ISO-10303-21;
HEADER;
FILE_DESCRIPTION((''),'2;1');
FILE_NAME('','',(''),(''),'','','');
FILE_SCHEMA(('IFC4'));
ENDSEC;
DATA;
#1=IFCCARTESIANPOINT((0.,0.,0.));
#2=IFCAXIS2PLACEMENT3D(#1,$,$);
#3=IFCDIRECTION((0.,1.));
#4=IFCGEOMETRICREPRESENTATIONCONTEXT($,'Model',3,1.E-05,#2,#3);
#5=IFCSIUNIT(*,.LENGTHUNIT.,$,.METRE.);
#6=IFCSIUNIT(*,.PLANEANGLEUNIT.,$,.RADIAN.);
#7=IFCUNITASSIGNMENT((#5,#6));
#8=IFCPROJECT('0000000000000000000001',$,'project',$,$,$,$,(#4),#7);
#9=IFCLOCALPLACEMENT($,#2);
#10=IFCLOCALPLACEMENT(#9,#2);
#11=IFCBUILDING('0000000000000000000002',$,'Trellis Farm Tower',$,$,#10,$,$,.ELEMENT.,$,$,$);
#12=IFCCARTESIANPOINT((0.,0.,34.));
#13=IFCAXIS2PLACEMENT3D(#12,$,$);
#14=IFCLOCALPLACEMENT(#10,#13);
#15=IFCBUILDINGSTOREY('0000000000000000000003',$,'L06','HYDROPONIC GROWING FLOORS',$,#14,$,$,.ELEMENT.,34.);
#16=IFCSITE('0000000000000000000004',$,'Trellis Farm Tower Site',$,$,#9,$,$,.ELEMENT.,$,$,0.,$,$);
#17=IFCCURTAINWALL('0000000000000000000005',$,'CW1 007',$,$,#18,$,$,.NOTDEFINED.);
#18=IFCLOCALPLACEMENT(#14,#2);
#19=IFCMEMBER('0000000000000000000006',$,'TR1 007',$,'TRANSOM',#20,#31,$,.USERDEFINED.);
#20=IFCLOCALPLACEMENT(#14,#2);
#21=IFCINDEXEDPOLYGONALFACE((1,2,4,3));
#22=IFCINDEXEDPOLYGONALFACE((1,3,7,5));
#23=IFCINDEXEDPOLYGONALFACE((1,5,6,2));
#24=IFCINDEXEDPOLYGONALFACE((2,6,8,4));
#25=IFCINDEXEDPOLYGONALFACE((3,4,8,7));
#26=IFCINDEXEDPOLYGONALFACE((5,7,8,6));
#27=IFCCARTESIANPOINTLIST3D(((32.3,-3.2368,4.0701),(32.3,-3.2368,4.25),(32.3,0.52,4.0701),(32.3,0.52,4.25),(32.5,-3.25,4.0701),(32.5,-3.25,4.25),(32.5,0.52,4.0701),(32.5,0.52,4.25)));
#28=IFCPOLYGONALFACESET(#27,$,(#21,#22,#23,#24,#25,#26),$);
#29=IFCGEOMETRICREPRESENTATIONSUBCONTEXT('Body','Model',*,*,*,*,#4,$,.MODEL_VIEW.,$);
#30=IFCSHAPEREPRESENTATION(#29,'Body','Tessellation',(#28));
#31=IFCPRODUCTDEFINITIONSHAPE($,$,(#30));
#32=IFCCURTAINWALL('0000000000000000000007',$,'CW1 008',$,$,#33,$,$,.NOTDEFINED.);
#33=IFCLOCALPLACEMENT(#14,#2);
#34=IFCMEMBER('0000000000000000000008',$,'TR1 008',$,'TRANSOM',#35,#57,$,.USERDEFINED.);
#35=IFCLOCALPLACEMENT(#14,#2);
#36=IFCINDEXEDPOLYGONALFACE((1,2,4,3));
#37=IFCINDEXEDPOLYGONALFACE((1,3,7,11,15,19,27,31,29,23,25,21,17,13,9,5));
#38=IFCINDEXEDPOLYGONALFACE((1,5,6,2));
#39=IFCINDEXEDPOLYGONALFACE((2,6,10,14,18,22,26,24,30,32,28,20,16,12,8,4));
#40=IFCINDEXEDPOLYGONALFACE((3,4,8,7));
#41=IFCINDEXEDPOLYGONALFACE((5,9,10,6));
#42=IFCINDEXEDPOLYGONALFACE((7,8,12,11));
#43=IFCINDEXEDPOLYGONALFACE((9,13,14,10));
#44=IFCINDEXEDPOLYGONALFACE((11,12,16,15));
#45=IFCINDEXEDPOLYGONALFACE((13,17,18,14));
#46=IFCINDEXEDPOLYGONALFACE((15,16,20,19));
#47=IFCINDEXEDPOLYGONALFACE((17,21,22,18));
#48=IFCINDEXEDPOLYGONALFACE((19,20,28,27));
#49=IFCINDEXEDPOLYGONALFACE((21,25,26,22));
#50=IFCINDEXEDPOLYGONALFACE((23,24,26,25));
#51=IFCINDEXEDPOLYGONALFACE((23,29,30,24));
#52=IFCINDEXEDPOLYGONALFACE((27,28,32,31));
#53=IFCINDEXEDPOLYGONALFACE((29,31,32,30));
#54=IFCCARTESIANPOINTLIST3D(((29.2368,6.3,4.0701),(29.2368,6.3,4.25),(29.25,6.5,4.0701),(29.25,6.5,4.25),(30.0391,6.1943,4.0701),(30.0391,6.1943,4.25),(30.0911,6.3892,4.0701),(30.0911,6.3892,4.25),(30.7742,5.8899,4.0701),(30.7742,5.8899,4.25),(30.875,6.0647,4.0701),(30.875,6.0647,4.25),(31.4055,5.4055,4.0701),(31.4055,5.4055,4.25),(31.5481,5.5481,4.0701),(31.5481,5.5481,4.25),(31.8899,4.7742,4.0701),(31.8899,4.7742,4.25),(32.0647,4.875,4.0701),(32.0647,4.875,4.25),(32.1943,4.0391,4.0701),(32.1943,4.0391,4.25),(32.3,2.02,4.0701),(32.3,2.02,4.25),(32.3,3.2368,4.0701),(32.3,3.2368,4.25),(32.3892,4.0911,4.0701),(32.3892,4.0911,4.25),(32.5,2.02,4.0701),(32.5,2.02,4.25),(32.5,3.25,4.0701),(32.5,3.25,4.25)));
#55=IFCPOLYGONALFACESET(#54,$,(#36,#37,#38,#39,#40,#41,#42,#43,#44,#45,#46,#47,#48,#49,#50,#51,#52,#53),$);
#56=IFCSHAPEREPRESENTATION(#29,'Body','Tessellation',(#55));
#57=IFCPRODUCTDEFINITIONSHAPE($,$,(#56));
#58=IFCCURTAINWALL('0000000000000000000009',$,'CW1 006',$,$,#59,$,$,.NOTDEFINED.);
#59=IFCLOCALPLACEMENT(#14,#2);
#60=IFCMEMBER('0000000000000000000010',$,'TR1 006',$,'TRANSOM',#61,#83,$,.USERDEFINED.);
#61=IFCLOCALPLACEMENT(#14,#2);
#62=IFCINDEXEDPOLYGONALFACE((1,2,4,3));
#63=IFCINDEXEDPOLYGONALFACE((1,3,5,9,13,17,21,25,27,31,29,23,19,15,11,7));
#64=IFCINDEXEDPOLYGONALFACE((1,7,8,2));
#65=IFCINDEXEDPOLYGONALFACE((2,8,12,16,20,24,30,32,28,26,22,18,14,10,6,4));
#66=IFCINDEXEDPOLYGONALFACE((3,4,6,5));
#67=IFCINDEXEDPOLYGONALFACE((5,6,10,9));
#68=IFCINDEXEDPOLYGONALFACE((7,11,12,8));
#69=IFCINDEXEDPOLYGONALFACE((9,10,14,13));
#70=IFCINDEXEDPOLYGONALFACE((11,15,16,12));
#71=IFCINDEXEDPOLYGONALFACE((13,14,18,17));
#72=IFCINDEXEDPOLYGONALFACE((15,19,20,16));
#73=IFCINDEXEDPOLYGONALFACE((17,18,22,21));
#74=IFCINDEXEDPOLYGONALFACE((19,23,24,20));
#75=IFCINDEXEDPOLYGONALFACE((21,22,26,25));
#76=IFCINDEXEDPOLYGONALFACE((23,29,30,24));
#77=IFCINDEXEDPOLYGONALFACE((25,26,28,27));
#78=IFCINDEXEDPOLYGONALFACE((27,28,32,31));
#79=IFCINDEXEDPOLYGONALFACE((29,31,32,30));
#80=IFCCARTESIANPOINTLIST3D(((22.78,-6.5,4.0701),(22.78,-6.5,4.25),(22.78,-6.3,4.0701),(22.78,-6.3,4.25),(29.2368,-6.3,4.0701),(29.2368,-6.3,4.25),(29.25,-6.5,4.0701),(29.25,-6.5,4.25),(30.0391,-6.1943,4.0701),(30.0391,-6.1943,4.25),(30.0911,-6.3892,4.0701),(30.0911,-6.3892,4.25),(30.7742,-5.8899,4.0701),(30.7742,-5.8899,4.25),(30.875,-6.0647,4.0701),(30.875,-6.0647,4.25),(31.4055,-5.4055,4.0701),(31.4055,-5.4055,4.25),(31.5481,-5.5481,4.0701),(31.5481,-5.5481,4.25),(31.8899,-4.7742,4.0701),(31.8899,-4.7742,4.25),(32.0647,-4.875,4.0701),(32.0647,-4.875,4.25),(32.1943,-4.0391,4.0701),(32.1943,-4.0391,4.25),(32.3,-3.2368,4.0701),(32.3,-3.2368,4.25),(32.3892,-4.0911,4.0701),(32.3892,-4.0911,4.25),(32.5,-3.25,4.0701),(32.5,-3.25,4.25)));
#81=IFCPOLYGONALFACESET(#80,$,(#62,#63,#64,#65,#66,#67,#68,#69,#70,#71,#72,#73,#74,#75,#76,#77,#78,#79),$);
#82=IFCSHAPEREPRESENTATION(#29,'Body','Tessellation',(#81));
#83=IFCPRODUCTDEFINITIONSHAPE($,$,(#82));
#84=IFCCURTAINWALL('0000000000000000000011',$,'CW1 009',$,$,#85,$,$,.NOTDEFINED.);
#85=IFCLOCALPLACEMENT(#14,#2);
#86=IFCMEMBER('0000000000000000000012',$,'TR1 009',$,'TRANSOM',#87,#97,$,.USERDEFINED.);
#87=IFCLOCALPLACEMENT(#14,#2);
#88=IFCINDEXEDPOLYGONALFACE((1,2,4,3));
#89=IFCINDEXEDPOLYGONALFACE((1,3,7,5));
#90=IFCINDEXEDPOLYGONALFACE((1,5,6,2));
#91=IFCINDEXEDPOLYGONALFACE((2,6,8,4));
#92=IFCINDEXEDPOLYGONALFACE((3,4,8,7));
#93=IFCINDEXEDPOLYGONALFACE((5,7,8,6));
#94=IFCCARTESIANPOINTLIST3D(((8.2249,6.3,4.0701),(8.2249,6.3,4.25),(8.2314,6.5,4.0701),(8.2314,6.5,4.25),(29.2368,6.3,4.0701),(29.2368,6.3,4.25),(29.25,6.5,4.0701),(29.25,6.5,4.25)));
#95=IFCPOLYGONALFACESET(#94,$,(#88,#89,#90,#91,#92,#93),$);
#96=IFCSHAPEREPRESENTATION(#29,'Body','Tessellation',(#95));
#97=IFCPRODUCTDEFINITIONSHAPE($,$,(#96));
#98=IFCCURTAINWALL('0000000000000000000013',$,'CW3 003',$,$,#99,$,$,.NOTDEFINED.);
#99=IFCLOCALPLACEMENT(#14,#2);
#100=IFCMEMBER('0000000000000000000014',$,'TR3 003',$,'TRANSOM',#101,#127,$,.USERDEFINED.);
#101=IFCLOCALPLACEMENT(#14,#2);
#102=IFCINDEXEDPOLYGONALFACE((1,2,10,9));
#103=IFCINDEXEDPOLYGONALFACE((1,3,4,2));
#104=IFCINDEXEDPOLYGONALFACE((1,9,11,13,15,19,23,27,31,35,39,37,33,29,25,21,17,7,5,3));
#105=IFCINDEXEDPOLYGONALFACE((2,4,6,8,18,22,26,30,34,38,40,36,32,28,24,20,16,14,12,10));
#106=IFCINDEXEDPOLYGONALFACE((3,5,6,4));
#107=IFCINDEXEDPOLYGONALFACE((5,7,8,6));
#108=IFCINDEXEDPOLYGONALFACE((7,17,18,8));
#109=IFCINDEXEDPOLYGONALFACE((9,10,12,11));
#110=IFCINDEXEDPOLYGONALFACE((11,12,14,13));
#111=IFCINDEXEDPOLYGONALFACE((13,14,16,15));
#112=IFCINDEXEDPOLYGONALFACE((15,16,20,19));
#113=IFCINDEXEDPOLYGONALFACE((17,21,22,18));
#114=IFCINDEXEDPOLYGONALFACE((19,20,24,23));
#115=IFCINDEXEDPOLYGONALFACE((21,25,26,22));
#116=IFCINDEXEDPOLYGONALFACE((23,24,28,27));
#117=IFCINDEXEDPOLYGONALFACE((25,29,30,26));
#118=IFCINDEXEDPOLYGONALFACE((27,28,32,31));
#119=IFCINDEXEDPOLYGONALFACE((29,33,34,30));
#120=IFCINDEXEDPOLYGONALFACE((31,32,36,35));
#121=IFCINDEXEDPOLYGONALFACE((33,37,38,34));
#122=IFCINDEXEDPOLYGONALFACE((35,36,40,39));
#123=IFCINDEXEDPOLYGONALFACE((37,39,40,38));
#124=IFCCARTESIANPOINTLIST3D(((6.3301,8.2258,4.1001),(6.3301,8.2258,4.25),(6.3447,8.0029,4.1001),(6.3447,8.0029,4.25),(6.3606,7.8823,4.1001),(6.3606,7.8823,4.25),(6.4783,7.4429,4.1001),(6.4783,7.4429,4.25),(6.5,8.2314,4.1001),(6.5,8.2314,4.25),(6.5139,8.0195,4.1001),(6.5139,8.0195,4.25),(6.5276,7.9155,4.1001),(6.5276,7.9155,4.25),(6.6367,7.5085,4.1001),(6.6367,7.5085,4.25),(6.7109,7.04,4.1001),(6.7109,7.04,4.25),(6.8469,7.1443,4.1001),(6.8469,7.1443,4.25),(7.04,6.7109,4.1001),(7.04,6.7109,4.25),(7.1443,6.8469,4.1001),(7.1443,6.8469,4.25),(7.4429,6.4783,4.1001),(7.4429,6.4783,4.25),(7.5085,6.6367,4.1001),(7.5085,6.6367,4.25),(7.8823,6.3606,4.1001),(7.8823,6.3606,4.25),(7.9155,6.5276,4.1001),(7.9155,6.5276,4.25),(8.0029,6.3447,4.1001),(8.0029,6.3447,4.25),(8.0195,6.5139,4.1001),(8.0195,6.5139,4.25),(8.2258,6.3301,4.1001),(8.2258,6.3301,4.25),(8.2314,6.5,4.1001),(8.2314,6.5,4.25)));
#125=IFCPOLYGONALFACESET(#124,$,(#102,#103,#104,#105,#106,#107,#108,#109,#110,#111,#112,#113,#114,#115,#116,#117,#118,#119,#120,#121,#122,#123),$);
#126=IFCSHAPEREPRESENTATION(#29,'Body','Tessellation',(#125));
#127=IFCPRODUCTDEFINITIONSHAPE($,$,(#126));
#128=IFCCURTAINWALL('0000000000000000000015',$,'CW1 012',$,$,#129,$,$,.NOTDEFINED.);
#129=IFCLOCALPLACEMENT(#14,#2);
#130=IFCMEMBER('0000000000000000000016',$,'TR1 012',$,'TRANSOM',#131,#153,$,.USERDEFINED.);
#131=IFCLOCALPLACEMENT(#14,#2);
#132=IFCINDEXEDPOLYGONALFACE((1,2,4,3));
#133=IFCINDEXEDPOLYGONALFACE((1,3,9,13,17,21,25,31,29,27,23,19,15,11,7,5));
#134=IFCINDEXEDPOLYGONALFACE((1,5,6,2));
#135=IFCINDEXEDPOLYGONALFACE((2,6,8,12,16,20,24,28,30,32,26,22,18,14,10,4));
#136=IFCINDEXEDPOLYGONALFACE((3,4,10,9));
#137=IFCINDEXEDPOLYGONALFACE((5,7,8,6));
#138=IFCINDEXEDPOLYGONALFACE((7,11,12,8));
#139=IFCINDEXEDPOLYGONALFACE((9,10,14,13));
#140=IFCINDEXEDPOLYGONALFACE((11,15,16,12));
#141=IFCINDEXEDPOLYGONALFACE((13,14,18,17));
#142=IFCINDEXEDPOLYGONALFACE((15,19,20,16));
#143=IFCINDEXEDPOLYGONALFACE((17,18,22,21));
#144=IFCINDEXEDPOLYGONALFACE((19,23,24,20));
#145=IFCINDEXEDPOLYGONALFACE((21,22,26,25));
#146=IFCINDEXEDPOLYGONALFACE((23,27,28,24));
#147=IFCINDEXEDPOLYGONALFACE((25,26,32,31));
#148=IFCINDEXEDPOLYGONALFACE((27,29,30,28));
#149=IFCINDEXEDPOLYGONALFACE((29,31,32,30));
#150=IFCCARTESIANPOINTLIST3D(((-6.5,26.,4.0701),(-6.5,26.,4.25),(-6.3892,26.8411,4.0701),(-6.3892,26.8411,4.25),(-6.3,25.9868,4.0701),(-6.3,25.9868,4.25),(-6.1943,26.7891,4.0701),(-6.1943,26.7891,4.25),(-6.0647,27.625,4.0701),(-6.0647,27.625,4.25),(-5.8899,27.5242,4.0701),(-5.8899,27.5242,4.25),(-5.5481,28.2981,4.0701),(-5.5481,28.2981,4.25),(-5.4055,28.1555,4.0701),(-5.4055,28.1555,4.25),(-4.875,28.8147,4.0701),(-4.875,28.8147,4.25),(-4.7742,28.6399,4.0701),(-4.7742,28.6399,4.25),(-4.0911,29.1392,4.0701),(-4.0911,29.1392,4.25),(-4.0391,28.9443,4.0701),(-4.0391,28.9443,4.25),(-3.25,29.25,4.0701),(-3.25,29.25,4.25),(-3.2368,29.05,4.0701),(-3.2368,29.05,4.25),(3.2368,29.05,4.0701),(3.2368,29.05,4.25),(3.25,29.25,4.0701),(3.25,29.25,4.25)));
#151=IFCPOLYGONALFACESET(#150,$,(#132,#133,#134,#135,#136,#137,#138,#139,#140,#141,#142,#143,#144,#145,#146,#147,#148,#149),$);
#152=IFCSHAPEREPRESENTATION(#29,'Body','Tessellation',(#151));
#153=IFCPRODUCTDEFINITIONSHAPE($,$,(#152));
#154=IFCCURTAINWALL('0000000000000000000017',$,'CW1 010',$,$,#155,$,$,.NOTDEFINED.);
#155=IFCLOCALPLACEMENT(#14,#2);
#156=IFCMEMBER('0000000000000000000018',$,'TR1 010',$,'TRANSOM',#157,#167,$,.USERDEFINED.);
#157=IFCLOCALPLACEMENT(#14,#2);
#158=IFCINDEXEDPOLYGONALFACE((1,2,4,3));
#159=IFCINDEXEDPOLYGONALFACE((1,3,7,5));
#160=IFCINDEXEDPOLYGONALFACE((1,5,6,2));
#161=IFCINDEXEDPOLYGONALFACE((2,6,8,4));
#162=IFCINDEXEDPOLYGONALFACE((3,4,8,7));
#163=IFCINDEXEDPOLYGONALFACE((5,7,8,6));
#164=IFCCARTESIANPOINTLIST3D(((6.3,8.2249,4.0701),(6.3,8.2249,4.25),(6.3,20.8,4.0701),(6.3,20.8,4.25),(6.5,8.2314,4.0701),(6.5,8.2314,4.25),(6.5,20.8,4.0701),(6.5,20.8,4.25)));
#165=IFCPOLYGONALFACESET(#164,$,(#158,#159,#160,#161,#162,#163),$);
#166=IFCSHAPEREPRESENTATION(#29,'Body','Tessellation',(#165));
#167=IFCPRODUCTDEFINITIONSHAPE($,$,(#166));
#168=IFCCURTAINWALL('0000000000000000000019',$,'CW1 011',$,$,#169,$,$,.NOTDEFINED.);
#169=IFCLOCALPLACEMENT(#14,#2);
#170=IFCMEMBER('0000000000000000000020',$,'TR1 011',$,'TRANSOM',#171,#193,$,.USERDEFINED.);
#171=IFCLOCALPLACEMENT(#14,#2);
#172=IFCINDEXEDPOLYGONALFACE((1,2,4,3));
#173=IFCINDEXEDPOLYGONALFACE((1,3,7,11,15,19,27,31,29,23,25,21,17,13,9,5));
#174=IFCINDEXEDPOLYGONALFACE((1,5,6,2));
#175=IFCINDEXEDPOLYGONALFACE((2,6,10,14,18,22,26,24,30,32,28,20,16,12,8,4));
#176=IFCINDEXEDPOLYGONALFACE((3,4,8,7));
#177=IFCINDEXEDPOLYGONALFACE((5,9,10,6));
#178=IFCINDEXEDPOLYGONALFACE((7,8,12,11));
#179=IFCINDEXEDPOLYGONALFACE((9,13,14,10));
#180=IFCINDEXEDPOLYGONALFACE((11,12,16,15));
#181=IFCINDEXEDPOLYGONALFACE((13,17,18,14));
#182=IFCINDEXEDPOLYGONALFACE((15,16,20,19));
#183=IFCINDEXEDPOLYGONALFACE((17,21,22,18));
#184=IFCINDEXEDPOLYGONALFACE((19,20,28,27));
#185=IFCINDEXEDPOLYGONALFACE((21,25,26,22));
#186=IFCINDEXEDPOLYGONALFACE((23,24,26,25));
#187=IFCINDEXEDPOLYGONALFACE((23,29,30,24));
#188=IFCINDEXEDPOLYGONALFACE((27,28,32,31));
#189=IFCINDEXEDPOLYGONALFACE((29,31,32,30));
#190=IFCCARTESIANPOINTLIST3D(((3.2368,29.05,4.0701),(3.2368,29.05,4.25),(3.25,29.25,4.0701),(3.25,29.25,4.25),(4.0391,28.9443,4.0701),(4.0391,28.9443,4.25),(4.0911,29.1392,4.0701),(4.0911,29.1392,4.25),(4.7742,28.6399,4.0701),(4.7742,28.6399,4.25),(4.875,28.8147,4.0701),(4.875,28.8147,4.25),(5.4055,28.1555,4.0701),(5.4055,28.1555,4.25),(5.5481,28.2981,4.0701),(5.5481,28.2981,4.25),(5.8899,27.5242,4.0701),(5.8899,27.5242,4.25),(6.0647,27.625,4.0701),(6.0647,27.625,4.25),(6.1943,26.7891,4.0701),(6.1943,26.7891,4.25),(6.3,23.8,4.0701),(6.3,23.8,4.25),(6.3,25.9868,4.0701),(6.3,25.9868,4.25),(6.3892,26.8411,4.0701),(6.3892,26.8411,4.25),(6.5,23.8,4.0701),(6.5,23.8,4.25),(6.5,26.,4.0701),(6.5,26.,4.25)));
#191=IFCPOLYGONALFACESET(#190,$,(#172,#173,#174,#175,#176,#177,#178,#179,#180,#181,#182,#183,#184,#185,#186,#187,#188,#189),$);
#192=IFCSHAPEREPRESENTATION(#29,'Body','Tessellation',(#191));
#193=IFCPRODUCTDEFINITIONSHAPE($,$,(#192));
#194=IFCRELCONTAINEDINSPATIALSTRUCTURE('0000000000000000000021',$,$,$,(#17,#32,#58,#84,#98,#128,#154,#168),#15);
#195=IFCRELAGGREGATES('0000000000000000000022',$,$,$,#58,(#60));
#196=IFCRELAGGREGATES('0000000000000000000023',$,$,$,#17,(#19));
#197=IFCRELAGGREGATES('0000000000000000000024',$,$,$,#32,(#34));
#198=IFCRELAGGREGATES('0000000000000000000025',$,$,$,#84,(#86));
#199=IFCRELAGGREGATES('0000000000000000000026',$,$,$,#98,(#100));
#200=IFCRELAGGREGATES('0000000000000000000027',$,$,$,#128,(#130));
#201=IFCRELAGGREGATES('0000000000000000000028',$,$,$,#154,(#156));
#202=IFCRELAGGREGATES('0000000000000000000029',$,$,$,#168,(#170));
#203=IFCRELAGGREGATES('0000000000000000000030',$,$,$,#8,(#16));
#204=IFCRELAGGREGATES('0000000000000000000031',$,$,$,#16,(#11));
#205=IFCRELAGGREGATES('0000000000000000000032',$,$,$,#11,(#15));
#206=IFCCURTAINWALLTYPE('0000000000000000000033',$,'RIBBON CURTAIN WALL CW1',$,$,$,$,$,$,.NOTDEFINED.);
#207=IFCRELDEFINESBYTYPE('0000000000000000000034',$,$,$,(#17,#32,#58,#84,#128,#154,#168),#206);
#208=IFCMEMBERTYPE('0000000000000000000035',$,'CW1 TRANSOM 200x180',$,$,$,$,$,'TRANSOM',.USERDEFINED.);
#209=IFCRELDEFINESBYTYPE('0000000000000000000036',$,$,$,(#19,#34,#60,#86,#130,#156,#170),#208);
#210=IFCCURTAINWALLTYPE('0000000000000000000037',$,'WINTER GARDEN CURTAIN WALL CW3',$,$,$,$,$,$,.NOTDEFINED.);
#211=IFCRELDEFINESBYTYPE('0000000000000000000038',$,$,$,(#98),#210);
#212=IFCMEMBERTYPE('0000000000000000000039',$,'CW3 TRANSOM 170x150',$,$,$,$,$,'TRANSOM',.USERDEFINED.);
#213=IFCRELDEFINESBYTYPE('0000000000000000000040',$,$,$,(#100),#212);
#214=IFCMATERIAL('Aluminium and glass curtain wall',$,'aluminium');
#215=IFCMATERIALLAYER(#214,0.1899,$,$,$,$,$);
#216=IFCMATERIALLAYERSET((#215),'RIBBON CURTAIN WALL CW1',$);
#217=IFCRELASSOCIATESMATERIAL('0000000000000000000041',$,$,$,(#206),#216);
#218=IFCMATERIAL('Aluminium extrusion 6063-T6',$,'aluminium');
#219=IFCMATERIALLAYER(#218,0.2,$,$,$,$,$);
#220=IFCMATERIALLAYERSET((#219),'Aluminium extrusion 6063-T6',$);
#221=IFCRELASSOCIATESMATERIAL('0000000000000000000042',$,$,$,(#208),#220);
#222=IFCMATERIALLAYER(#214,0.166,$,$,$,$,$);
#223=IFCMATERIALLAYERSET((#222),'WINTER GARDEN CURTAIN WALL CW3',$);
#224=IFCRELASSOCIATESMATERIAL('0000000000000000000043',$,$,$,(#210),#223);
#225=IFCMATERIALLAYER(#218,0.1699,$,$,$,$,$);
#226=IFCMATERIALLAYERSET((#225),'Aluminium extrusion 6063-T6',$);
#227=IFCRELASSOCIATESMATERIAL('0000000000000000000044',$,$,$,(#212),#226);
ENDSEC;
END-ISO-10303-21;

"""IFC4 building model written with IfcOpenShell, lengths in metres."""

from ifc_helpers import new_model, si_unit, direction, frame, origin, place, context, subcontext, project, spatial, polyline, outline, extrude, source, transform, mapped, material, layer, layer_set, type_object, element, aggregate, save


model = new_model("IFC4")

# Units and contexts
model_context = context("Model", 3, precision=1e-05, world=origin(), true_north=direction((0.0, 1.0)))
body_context = subcontext(model_context, "Body", "Model", "MODEL_VIEW")
ifc_project = project(units=[si_unit("LENGTHUNIT", "METRE"), si_unit("PLANEANGLEUNIT", "RADIAN")], contexts=[model_context])

# Site, building, storey
site_placement = place(None, origin())
site = spatial("IfcSite", under=ifc_project, at=site_placement, Name="Trellis Farm Tower Site", CompositionType="ELEMENT", RefElevation=0.0)
building_placement = place(site_placement, origin())
building = spatial("IfcBuilding", under=site, at=building_placement, Name="Trellis Farm Tower", CompositionType="ELEMENT")
storey_placement = place(building_placement, frame((0.0, 0.0, 34.0)))
storey = spatial("IfcBuildingStorey", under=building, at=storey_placement, Name="L06", Description="HYDROPONIC GROWING FLOORS", CompositionType="ELEMENT", Elevation=34.0)

# Curtain walls, members
ifc_material_1 = material(Name="Aluminium and glass curtain wall", Category="aluminium")
ifc_layer_1 = layer(ifc_material_1, 0.1899)
ifc_layer_set_1 = layer_set([ifc_layer_1], Name="RIBBON CURTAIN WALL CW1")
curtain_wall_type_1 = type_object("IfcCurtainWallType", Name="RIBBON CURTAIN WALL CW1", PredefinedType="NOTDEFINED", material=ifc_layer_set_1)
placement_1 = place(storey_placement, origin())
curtain_wall_1 = element("IfcCurtainWall", 1, at=placement_1, inside=storey, type_object=curtain_wall_type_1, Name="CW1 007", PredefinedType="NOTDEFINED")
ifc_material_2 = material(Name="Aluminium extrusion 6063-T6", Category="aluminium")
ifc_layer_2 = layer(ifc_material_2, 0.2)
ifc_layer_set_2 = layer_set([ifc_layer_2], Name="Aluminium extrusion 6063-T6")
member_type_1 = type_object("IfcMemberType", Name="CW1 TRANSOM 200x180", ElementType="TRANSOM", PredefinedType="USERDEFINED", material=ifc_layer_set_2)
placement_2 = place(storey_placement, frame((0.0, 0.0, 4.0701)))
member_1 = element("IfcMember", 2, at=placement_2, type_object=member_type_1, Name="TR1 007", ObjectType="TRANSOM", PredefinedType="USERDEFINED", context=body_context, shape_type="SweptSolid", body=[
    extrude(outline(polyline([(32.5, -3.25), (32.5, 0.52), (32.3, 0.52), (32.3, -3.2368), (32.5, -3.25)])), origin(), (0.0, 0.0, 1.0), 0.1799),
])
curtain_wall_2 = element("IfcCurtainWall", 3, at=placement_1, inside=storey, type_object=curtain_wall_type_1, Name="CW1 008", PredefinedType="NOTDEFINED")
member_2 = element("IfcMember", 4, at=placement_2, type_object=member_type_1, Name="TR1 008", ObjectType="TRANSOM", PredefinedType="USERDEFINED", context=body_context, shape_type="SweptSolid", body=[
    extrude(outline(polyline([(32.5, 2.02), (32.5, 3.25), (32.3892, 4.0911), (32.0647, 4.875), (31.5481, 5.5481), (30.875, 6.0647), (30.0911, 6.3892), (29.25, 6.5), (29.2368, 6.3), (30.0391, 6.1943), (30.7742, 5.8899), (31.4055, 5.4055), (31.8899, 4.7742), (32.1943, 4.0391), (32.3, 3.2368), (32.3, 2.02), (32.5, 2.02)])), origin(), (0.0, 0.0, 1.0), 0.1799),
])
curtain_wall_3 = element("IfcCurtainWall", 5, at=placement_1, inside=storey, type_object=curtain_wall_type_1, Name="CW1 006", PredefinedType="NOTDEFINED")
shared_shape_1 = source(origin(), body_context, "Body", "SweptSolid", [
    extrude(outline(polyline([(22.78, -6.5), (29.25, -6.5), (30.0911, -6.3892), (30.875, -6.0647), (31.5481, -5.5481), (32.0647, -4.875), (32.3892, -4.0911), (32.5, -3.25), (32.3, -3.2368), (32.1943, -4.0391), (31.8899, -4.7742), (31.4055, -5.4055), (30.7742, -5.8899), (30.0391, -6.1943), (29.2368, -6.3), (22.78, -6.3), (22.78, -6.5)])), origin(), (0.0, 0.0, 1.0), 0.1799),
])
member_3 = element("IfcMember", 6, at=placement_2, type_object=member_type_1, Name="TR1 006", ObjectType="TRANSOM", PredefinedType="USERDEFINED", context=body_context, shape_type="MappedRepresentation", body=[
    mapped(shared_shape_1, transform((0.0, 0.0, 0.0))),
])
aggregate(curtain_wall_3, [member_3])
curtain_wall_4 = element("IfcCurtainWall", 7, at=placement_1, inside=storey, type_object=curtain_wall_type_1, Name="CW1 009", PredefinedType="NOTDEFINED")
shared_shape_2 = source(origin(), body_context, "Body", "SweptSolid", [
    extrude(outline(polyline([(29.25, 6.5), (8.2314, 6.5), (8.2249, 6.3), (29.2368, 6.3), (29.25, 6.5)])), origin(), (0.0, 0.0, 1.0), 0.1799),
])
member_4 = element("IfcMember", 8, at=placement_2, type_object=member_type_1, Name="TR1 009", ObjectType="TRANSOM", PredefinedType="USERDEFINED", context=body_context, shape_type="MappedRepresentation", body=[
    mapped(shared_shape_2, transform((0.0, 0.0, 0.0))),
])
ifc_layer_3 = layer(ifc_material_1, 0.166)
ifc_layer_set_3 = layer_set([ifc_layer_3], Name="WINTER GARDEN CURTAIN WALL CW3")
curtain_wall_type_2 = type_object("IfcCurtainWallType", Name="WINTER GARDEN CURTAIN WALL CW3", PredefinedType="NOTDEFINED", material=ifc_layer_set_3)
curtain_wall_5 = element("IfcCurtainWall", 9, at=placement_1, inside=storey, type_object=curtain_wall_type_2, Name="CW3 003", PredefinedType="NOTDEFINED")
ifc_layer_4 = layer(ifc_material_2, 0.1699)
ifc_layer_set_4 = layer_set([ifc_layer_4], Name="Aluminium extrusion 6063-T6")
member_type_2 = type_object("IfcMemberType", Name="CW3 TRANSOM 170x150", ElementType="TRANSOM", PredefinedType="USERDEFINED", material=ifc_layer_set_4)
shared_shape_3 = source(origin(), body_context, "Body", "SweptSolid", [
    extrude(outline(polyline([(8.2314, 6.5), (8.0195, 6.5139), (7.9155, 6.5276), (7.5085, 6.6367), (7.1443, 6.8469), (6.8469, 7.1443), (6.6367, 7.5085), (6.5276, 7.9155), (6.5139, 8.0195), (6.5, 8.2314), (6.3301, 8.2258), (6.3447, 8.0029), (6.3606, 7.8823), (6.4783, 7.4429), (6.7109, 7.04), (7.04, 6.7109), (7.4429, 6.4783), (7.8823, 6.3606), (8.0029, 6.3447), (8.2258, 6.3301), (8.2314, 6.5)])), origin(), (0.0, 0.0, 1.0), 0.1499),
])
member_5_placement = place(storey_placement, frame((0.0, 0.0, 4.1001)))
member_5 = element("IfcMember", 10, at=member_5_placement, type_object=member_type_2, Name="TR3 003", ObjectType="TRANSOM", PredefinedType="USERDEFINED", context=body_context, shape_type="MappedRepresentation", body=[
    mapped(shared_shape_3, transform((0.0, 0.0, 0.0))),
])
curtain_wall_6 = element("IfcCurtainWall", 11, at=placement_1, inside=storey, type_object=curtain_wall_type_1, Name="CW1 012", PredefinedType="NOTDEFINED")
shared_shape_4 = source(origin(), body_context, "Body", "SweptSolid", [
    extrude(outline(polyline([(3.25, 29.25), (-3.25, 29.25), (-4.0911, 29.1392), (-4.875, 28.8147), (-5.5481, 28.2981), (-6.0647, 27.625), (-6.3892, 26.8411), (-6.5, 26.0), (-6.3, 25.9868), (-6.1943, 26.7891), (-5.8899, 27.5242), (-5.4055, 28.1555), (-4.7742, 28.6399), (-4.0391, 28.9443), (-3.2368, 29.05), (3.2368, 29.05), (3.25, 29.25)])), origin(), (0.0, 0.0, 1.0), 0.1799),
])
member_6 = element("IfcMember", 12, at=placement_2, type_object=member_type_1, Name="TR1 012", ObjectType="TRANSOM", PredefinedType="USERDEFINED", context=body_context, shape_type="MappedRepresentation", body=[
    mapped(shared_shape_4, transform((0.0, 0.0, 0.0))),
])
curtain_wall_7 = element("IfcCurtainWall", 13, at=placement_1, inside=storey, type_object=curtain_wall_type_1, Name="CW1 010", PredefinedType="NOTDEFINED")
shared_shape_5 = source(origin(), body_context, "Body", "SweptSolid", [
    extrude(outline(polyline([(6.5, 8.2314), (6.5, 20.8), (6.3, 20.8), (6.3, 8.2249), (6.5, 8.2314)])), origin(), (0.0, 0.0, 1.0), 0.1799),
])
member_7 = element("IfcMember", 14, at=placement_2, type_object=member_type_1, Name="TR1 010", ObjectType="TRANSOM", PredefinedType="USERDEFINED", context=body_context, shape_type="MappedRepresentation", body=[
    mapped(shared_shape_5, transform((0.0, 0.0, 0.0))),
])
curtain_wall_8 = element("IfcCurtainWall", 15, at=placement_1, inside=storey, type_object=curtain_wall_type_1, Name="CW1 011", PredefinedType="NOTDEFINED")
shared_shape_6 = source(origin(), body_context, "Body", "SweptSolid", [
    extrude(outline(polyline([(6.5, 23.8), (6.5, 26.0), (6.3892, 26.8411), (6.0647, 27.625), (5.5481, 28.2981), (4.875, 28.8147), (4.0911, 29.1392), (3.25, 29.25), (3.2368, 29.05), (4.0391, 28.9443), (4.7742, 28.6399), (5.4055, 28.1555), (5.8899, 27.5242), (6.1943, 26.7891), (6.3, 25.9868), (6.3, 23.8), (6.5, 23.8)])), origin(), (0.0, 0.0, 1.0), 0.1799),
])
member_8 = element("IfcMember", 16, at=placement_2, type_object=member_type_1, Name="TR1 011", ObjectType="TRANSOM", PredefinedType="USERDEFINED", context=body_context, shape_type="MappedRepresentation", body=[
    mapped(shared_shape_6, transform((0.0, 0.0, 0.0))),
])

aggregate(curtain_wall_1, [member_1])
aggregate(curtain_wall_2, [member_2])
aggregate(curtain_wall_4, [member_4])
aggregate(curtain_wall_5, [member_5])
aggregate(curtain_wall_6, [member_6])
aggregate(curtain_wall_7, [member_7])
aggregate(curtain_wall_8, [member_8])

save(model, "model.ifc")
